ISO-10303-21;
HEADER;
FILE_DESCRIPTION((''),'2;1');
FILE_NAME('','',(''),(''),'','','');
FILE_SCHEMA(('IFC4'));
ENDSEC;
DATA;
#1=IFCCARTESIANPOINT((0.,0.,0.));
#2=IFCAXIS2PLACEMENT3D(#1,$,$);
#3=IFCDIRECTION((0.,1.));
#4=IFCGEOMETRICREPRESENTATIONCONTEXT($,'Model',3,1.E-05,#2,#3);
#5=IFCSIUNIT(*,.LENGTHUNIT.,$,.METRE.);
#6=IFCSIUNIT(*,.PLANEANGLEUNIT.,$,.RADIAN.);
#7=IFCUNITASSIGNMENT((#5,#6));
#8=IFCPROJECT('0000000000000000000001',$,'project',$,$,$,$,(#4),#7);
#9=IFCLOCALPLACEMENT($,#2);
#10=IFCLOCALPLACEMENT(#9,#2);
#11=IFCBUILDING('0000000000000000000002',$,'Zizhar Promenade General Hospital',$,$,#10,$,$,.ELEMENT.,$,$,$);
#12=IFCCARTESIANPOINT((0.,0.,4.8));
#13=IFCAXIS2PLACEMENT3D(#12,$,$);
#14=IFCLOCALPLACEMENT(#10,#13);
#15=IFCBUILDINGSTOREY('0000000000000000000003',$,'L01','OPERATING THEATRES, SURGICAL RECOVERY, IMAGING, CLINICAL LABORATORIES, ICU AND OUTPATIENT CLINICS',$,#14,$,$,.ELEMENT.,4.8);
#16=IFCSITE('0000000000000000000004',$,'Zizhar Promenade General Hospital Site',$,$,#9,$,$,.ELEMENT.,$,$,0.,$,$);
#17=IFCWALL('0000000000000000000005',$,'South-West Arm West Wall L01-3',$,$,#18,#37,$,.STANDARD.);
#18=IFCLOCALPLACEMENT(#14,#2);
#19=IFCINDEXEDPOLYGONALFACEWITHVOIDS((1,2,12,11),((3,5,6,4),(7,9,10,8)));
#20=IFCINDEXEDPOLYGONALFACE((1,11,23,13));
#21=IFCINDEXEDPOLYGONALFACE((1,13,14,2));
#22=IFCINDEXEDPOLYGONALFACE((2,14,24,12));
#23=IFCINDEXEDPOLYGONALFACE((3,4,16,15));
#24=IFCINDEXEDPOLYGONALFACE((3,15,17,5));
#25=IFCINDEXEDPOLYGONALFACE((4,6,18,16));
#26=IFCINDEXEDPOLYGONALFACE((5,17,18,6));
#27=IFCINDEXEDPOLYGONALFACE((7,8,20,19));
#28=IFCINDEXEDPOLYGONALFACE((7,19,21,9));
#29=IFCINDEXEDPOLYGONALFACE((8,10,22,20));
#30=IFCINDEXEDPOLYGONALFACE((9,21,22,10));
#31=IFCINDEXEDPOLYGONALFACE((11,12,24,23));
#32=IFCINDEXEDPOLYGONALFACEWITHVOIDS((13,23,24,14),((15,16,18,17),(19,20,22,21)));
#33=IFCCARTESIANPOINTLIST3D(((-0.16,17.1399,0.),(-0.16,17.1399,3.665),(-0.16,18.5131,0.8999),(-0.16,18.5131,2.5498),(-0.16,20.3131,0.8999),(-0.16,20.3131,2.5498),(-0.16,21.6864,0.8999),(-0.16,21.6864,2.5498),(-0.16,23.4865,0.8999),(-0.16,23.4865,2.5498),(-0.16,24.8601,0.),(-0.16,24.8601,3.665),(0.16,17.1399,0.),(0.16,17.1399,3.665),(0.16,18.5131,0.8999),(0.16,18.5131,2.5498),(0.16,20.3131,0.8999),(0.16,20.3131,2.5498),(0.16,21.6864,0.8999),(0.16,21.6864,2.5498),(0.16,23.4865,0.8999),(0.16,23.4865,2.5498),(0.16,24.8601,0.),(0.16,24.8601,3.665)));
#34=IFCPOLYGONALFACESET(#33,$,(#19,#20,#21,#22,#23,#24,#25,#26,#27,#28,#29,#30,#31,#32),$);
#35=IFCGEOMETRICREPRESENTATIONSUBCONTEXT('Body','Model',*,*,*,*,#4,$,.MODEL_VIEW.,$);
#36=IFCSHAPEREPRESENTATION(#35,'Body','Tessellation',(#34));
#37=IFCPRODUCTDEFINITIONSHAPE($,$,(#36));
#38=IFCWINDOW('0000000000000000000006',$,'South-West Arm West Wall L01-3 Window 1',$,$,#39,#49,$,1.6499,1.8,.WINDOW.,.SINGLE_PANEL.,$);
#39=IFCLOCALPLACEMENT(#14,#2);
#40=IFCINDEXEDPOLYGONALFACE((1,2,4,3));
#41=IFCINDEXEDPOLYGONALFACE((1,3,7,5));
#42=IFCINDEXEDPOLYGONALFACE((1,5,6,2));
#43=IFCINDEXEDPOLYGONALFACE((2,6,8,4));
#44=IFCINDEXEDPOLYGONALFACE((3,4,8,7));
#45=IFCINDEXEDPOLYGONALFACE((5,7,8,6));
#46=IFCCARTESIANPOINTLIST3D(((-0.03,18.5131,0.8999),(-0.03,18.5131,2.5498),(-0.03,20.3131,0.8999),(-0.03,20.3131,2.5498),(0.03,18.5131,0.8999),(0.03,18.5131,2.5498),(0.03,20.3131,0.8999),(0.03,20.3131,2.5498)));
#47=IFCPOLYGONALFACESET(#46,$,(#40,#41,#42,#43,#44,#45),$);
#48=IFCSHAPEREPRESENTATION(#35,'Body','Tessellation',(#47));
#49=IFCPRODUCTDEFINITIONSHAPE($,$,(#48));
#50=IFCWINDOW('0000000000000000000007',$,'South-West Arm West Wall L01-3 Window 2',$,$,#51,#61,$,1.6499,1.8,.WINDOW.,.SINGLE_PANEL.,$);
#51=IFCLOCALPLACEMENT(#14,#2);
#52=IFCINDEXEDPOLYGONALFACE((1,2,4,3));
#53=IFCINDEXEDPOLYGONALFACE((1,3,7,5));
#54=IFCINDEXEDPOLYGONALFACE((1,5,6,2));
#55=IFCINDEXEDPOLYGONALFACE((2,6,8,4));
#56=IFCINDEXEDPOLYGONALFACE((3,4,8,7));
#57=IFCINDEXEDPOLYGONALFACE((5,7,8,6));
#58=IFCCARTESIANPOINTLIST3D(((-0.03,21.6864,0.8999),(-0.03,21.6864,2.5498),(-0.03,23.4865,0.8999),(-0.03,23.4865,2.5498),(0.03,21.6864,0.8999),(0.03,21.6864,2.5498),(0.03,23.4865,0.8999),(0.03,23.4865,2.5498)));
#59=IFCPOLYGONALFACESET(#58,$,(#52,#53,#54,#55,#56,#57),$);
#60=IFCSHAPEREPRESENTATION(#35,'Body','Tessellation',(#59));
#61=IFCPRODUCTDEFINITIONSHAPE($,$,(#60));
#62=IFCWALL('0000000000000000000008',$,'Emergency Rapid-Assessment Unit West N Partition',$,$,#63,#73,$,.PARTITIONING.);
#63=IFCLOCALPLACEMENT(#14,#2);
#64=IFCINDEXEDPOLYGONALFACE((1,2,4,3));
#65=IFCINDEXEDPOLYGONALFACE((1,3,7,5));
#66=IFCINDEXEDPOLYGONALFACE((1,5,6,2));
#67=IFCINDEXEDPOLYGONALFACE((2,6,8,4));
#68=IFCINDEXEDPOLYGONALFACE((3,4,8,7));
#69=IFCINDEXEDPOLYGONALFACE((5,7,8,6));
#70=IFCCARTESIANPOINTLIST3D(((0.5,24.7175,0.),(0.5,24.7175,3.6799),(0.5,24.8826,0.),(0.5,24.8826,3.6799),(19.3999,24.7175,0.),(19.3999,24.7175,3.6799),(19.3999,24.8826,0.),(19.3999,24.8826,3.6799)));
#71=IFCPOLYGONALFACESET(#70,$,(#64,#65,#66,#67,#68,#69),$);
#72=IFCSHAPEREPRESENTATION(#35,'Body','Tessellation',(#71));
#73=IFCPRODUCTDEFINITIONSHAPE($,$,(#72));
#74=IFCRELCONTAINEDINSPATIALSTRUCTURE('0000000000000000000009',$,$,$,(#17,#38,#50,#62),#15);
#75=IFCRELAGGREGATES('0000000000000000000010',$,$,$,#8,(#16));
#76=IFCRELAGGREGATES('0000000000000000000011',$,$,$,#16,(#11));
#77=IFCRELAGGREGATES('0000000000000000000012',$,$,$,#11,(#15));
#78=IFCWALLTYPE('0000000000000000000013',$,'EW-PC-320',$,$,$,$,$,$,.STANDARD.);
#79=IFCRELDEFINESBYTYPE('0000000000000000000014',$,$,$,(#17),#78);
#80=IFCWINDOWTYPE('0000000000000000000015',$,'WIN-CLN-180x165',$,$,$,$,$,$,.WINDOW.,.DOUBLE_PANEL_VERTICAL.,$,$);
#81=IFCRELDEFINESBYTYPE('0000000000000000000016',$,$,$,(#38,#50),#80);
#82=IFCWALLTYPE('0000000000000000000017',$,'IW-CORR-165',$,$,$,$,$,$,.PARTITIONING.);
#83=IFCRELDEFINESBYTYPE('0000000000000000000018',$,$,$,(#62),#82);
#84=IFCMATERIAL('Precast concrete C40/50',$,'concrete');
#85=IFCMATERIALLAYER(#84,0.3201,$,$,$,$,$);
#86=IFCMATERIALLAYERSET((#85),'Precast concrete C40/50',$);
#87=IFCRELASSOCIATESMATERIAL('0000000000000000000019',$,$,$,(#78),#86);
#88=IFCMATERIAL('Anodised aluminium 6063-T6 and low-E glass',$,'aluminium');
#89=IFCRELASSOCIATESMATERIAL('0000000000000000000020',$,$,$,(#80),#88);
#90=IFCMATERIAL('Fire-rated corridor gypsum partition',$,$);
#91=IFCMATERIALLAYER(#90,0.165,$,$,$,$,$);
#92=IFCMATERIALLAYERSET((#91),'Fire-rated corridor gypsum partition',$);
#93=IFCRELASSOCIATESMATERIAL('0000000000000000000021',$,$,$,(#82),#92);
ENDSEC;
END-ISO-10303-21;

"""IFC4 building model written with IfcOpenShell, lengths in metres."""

from ifc_helpers import new_model, si_unit, direction, frame, frame_2d, origin, place, context, subcontext, project, spatial, rectangle, extrude, material, layer, layer_set, type_object, element, fill, save


model = new_model("IFC4")

# Units and contexts
model_context = context("Model", 3, precision=1e-05, world=origin(), true_north=direction((0.0, 1.0)))
body_context = subcontext(model_context, "Body", "Model", "MODEL_VIEW")
ifc_project = project(units=[si_unit("LENGTHUNIT", "METRE"), si_unit("PLANEANGLEUNIT", "RADIAN")], contexts=[model_context])

# Site, building, storey
site_placement = place(None, origin())
site = spatial("IfcSite", under=ifc_project, at=site_placement, Name="Zizhar Promenade General Hospital Site", CompositionType="ELEMENT", RefElevation=0.0)
building_placement = place(site_placement, origin())
building = spatial("IfcBuilding", under=site, at=building_placement, Name="Zizhar Promenade General Hospital", CompositionType="ELEMENT")
storey_placement = place(building_placement, frame((0.0, 0.0, 4.8)))
storey = spatial("IfcBuildingStorey", under=building, at=storey_placement, Name="L01", Description="OPERATING THEATRES, SURGICAL RECOVERY, IMAGING, CLINICAL LABORATORIES, ICU AND OUTPATIENT CLINICS", CompositionType="ELEMENT", Elevation=4.8)

# Wall, openings, windows
ifc_material_1 = material(Name="Precast concrete C40/50", Category="concrete")
ifc_layer_1 = layer(ifc_material_1, 0.3201)
ifc_layer_set_1 = layer_set([ifc_layer_1], Name="Precast concrete C40/50")
wall_type_1 = type_object("IfcWallType", Name="EW-PC-320", PredefinedType="STANDARD", material=ifc_layer_set_1)
wall_1_placement = place(storey_placement, frame((0.0, 17.1399, 0.0), z_axis=(0.0, 0.0, 1.0), x_axis=(0.0, 1.0, 0.0)))
wall_1 = element("IfcWall", 1, at=wall_1_placement, inside=storey, type_object=wall_type_1, Name="South-West Arm West Wall L01-3", PredefinedType="STANDARD", context=body_context, shape_type="SweptSolid", body=[
    extrude(rectangle(XDim=7.7202, YDim=0.3201, at=frame_2d((3.8601, 0.0))), origin(), (0.0, 0.0, 1.0), 3.665),
])
opening_1_placement = place(wall_1_placement, frame((1.3733, 0.0, 0.8999)))
opening_1 = element("IfcOpeningElement", 2, at=opening_1_placement, cuts=wall_1, PredefinedType="OPENING", context=body_context, shape_type="SweptSolid", body=[
    extrude(rectangle(XDim=1.8, YDim=1.6499, at=frame_2d((0.8999, 0.825))), frame((0.0, 0.1699, 0.0), z_axis=(0.0, -1.0, 0.0), x_axis=(1.0, 0.0, 0.0)), (0.0, 0.0, 1.0), 0.3401),
])
opening_2_placement = place(wall_1_placement, frame((4.5466, 0.0, 0.8999)))
opening_2 = element("IfcOpeningElement", 3, at=opening_2_placement, cuts=wall_1, PredefinedType="OPENING", context=body_context, shape_type="SweptSolid", body=[
    extrude(rectangle(XDim=1.8, YDim=1.6499, at=frame_2d((0.8999, 0.825))), frame((0.0, 0.1699, 0.0), z_axis=(0.0, -1.0, 0.0), x_axis=(1.0, 0.0, 0.0)), (0.0, 0.0, 1.0), 0.3401),
])
ifc_material_2 = material(Name="Anodised aluminium 6063-T6 and low-E glass", Category="aluminium")
window_type = type_object("IfcWindowType", Name="WIN-CLN-180x165", PartitioningType="DOUBLE_PANEL_VERTICAL", PredefinedType="WINDOW", material=ifc_material_2)
window_1_placement = place(opening_1_placement, origin())
window_1 = element("IfcWindow", 4, at=window_1_placement, inside=storey, type_object=window_type, Name="South-West Arm West Wall L01-3 Window 1", OverallHeight=1.6499, OverallWidth=1.8, PartitioningType="SINGLE_PANEL", PredefinedType="WINDOW", context=body_context, shape_type="SweptSolid", body=[
    extrude(rectangle(XDim=1.8, YDim=1.6499, at=frame_2d((0.8999, 0.825))), frame((0.0, 0.03, 0.0), z_axis=(0.0, -1.0, 0.0), x_axis=(1.0, 0.0, 0.0)), (0.0, 0.0, 1.0), 0.0601),
])
fill(opening_1, window_1)
window_2_placement = place(opening_2_placement, origin())
window_2 = element("IfcWindow", 5, at=window_2_placement, inside=storey, type_object=window_type, Name="South-West Arm West Wall L01-3 Window 2", OverallHeight=1.6499, OverallWidth=1.8, PartitioningType="SINGLE_PANEL", PredefinedType="WINDOW", context=body_context, shape_type="SweptSolid", body=[
    extrude(rectangle(XDim=1.8, YDim=1.6499, at=frame_2d((0.8999, 0.825))), frame((0.0, 0.03, 0.0), z_axis=(0.0, -1.0, 0.0), x_axis=(1.0, 0.0, 0.0)), (0.0, 0.0, 1.0), 0.0601),
])
fill(opening_2, window_2)

# Wall
ifc_material_3 = material(Name="Fire-rated corridor gypsum partition")
ifc_layer_2 = layer(ifc_material_3, 0.165)
ifc_layer_set_2 = layer_set([ifc_layer_2], Name="Fire-rated corridor gypsum partition")
wall_type_2 = type_object("IfcWallType", Name="IW-CORR-165", PredefinedType="PARTITIONING", material=ifc_layer_set_2)
wall_2_placement = place(storey_placement, frame((0.5, 24.8, 0.0), z_axis=(0.0, 0.0, 1.0), x_axis=(1.0, 0.0, 0.0)))
element("IfcWall", 6, at=wall_2_placement, inside=storey, type_object=wall_type_2, Name="Emergency Rapid-Assessment Unit West N Partition", PredefinedType="PARTITIONING", context=body_context, shape_type="SweptSolid", body=[
    extrude(rectangle(XDim=18.8999, YDim=0.165, at=frame_2d((9.45, 0.0))), origin(), (0.0, 0.0, 1.0), 3.6799),
])

save(model, "model.ifc")
